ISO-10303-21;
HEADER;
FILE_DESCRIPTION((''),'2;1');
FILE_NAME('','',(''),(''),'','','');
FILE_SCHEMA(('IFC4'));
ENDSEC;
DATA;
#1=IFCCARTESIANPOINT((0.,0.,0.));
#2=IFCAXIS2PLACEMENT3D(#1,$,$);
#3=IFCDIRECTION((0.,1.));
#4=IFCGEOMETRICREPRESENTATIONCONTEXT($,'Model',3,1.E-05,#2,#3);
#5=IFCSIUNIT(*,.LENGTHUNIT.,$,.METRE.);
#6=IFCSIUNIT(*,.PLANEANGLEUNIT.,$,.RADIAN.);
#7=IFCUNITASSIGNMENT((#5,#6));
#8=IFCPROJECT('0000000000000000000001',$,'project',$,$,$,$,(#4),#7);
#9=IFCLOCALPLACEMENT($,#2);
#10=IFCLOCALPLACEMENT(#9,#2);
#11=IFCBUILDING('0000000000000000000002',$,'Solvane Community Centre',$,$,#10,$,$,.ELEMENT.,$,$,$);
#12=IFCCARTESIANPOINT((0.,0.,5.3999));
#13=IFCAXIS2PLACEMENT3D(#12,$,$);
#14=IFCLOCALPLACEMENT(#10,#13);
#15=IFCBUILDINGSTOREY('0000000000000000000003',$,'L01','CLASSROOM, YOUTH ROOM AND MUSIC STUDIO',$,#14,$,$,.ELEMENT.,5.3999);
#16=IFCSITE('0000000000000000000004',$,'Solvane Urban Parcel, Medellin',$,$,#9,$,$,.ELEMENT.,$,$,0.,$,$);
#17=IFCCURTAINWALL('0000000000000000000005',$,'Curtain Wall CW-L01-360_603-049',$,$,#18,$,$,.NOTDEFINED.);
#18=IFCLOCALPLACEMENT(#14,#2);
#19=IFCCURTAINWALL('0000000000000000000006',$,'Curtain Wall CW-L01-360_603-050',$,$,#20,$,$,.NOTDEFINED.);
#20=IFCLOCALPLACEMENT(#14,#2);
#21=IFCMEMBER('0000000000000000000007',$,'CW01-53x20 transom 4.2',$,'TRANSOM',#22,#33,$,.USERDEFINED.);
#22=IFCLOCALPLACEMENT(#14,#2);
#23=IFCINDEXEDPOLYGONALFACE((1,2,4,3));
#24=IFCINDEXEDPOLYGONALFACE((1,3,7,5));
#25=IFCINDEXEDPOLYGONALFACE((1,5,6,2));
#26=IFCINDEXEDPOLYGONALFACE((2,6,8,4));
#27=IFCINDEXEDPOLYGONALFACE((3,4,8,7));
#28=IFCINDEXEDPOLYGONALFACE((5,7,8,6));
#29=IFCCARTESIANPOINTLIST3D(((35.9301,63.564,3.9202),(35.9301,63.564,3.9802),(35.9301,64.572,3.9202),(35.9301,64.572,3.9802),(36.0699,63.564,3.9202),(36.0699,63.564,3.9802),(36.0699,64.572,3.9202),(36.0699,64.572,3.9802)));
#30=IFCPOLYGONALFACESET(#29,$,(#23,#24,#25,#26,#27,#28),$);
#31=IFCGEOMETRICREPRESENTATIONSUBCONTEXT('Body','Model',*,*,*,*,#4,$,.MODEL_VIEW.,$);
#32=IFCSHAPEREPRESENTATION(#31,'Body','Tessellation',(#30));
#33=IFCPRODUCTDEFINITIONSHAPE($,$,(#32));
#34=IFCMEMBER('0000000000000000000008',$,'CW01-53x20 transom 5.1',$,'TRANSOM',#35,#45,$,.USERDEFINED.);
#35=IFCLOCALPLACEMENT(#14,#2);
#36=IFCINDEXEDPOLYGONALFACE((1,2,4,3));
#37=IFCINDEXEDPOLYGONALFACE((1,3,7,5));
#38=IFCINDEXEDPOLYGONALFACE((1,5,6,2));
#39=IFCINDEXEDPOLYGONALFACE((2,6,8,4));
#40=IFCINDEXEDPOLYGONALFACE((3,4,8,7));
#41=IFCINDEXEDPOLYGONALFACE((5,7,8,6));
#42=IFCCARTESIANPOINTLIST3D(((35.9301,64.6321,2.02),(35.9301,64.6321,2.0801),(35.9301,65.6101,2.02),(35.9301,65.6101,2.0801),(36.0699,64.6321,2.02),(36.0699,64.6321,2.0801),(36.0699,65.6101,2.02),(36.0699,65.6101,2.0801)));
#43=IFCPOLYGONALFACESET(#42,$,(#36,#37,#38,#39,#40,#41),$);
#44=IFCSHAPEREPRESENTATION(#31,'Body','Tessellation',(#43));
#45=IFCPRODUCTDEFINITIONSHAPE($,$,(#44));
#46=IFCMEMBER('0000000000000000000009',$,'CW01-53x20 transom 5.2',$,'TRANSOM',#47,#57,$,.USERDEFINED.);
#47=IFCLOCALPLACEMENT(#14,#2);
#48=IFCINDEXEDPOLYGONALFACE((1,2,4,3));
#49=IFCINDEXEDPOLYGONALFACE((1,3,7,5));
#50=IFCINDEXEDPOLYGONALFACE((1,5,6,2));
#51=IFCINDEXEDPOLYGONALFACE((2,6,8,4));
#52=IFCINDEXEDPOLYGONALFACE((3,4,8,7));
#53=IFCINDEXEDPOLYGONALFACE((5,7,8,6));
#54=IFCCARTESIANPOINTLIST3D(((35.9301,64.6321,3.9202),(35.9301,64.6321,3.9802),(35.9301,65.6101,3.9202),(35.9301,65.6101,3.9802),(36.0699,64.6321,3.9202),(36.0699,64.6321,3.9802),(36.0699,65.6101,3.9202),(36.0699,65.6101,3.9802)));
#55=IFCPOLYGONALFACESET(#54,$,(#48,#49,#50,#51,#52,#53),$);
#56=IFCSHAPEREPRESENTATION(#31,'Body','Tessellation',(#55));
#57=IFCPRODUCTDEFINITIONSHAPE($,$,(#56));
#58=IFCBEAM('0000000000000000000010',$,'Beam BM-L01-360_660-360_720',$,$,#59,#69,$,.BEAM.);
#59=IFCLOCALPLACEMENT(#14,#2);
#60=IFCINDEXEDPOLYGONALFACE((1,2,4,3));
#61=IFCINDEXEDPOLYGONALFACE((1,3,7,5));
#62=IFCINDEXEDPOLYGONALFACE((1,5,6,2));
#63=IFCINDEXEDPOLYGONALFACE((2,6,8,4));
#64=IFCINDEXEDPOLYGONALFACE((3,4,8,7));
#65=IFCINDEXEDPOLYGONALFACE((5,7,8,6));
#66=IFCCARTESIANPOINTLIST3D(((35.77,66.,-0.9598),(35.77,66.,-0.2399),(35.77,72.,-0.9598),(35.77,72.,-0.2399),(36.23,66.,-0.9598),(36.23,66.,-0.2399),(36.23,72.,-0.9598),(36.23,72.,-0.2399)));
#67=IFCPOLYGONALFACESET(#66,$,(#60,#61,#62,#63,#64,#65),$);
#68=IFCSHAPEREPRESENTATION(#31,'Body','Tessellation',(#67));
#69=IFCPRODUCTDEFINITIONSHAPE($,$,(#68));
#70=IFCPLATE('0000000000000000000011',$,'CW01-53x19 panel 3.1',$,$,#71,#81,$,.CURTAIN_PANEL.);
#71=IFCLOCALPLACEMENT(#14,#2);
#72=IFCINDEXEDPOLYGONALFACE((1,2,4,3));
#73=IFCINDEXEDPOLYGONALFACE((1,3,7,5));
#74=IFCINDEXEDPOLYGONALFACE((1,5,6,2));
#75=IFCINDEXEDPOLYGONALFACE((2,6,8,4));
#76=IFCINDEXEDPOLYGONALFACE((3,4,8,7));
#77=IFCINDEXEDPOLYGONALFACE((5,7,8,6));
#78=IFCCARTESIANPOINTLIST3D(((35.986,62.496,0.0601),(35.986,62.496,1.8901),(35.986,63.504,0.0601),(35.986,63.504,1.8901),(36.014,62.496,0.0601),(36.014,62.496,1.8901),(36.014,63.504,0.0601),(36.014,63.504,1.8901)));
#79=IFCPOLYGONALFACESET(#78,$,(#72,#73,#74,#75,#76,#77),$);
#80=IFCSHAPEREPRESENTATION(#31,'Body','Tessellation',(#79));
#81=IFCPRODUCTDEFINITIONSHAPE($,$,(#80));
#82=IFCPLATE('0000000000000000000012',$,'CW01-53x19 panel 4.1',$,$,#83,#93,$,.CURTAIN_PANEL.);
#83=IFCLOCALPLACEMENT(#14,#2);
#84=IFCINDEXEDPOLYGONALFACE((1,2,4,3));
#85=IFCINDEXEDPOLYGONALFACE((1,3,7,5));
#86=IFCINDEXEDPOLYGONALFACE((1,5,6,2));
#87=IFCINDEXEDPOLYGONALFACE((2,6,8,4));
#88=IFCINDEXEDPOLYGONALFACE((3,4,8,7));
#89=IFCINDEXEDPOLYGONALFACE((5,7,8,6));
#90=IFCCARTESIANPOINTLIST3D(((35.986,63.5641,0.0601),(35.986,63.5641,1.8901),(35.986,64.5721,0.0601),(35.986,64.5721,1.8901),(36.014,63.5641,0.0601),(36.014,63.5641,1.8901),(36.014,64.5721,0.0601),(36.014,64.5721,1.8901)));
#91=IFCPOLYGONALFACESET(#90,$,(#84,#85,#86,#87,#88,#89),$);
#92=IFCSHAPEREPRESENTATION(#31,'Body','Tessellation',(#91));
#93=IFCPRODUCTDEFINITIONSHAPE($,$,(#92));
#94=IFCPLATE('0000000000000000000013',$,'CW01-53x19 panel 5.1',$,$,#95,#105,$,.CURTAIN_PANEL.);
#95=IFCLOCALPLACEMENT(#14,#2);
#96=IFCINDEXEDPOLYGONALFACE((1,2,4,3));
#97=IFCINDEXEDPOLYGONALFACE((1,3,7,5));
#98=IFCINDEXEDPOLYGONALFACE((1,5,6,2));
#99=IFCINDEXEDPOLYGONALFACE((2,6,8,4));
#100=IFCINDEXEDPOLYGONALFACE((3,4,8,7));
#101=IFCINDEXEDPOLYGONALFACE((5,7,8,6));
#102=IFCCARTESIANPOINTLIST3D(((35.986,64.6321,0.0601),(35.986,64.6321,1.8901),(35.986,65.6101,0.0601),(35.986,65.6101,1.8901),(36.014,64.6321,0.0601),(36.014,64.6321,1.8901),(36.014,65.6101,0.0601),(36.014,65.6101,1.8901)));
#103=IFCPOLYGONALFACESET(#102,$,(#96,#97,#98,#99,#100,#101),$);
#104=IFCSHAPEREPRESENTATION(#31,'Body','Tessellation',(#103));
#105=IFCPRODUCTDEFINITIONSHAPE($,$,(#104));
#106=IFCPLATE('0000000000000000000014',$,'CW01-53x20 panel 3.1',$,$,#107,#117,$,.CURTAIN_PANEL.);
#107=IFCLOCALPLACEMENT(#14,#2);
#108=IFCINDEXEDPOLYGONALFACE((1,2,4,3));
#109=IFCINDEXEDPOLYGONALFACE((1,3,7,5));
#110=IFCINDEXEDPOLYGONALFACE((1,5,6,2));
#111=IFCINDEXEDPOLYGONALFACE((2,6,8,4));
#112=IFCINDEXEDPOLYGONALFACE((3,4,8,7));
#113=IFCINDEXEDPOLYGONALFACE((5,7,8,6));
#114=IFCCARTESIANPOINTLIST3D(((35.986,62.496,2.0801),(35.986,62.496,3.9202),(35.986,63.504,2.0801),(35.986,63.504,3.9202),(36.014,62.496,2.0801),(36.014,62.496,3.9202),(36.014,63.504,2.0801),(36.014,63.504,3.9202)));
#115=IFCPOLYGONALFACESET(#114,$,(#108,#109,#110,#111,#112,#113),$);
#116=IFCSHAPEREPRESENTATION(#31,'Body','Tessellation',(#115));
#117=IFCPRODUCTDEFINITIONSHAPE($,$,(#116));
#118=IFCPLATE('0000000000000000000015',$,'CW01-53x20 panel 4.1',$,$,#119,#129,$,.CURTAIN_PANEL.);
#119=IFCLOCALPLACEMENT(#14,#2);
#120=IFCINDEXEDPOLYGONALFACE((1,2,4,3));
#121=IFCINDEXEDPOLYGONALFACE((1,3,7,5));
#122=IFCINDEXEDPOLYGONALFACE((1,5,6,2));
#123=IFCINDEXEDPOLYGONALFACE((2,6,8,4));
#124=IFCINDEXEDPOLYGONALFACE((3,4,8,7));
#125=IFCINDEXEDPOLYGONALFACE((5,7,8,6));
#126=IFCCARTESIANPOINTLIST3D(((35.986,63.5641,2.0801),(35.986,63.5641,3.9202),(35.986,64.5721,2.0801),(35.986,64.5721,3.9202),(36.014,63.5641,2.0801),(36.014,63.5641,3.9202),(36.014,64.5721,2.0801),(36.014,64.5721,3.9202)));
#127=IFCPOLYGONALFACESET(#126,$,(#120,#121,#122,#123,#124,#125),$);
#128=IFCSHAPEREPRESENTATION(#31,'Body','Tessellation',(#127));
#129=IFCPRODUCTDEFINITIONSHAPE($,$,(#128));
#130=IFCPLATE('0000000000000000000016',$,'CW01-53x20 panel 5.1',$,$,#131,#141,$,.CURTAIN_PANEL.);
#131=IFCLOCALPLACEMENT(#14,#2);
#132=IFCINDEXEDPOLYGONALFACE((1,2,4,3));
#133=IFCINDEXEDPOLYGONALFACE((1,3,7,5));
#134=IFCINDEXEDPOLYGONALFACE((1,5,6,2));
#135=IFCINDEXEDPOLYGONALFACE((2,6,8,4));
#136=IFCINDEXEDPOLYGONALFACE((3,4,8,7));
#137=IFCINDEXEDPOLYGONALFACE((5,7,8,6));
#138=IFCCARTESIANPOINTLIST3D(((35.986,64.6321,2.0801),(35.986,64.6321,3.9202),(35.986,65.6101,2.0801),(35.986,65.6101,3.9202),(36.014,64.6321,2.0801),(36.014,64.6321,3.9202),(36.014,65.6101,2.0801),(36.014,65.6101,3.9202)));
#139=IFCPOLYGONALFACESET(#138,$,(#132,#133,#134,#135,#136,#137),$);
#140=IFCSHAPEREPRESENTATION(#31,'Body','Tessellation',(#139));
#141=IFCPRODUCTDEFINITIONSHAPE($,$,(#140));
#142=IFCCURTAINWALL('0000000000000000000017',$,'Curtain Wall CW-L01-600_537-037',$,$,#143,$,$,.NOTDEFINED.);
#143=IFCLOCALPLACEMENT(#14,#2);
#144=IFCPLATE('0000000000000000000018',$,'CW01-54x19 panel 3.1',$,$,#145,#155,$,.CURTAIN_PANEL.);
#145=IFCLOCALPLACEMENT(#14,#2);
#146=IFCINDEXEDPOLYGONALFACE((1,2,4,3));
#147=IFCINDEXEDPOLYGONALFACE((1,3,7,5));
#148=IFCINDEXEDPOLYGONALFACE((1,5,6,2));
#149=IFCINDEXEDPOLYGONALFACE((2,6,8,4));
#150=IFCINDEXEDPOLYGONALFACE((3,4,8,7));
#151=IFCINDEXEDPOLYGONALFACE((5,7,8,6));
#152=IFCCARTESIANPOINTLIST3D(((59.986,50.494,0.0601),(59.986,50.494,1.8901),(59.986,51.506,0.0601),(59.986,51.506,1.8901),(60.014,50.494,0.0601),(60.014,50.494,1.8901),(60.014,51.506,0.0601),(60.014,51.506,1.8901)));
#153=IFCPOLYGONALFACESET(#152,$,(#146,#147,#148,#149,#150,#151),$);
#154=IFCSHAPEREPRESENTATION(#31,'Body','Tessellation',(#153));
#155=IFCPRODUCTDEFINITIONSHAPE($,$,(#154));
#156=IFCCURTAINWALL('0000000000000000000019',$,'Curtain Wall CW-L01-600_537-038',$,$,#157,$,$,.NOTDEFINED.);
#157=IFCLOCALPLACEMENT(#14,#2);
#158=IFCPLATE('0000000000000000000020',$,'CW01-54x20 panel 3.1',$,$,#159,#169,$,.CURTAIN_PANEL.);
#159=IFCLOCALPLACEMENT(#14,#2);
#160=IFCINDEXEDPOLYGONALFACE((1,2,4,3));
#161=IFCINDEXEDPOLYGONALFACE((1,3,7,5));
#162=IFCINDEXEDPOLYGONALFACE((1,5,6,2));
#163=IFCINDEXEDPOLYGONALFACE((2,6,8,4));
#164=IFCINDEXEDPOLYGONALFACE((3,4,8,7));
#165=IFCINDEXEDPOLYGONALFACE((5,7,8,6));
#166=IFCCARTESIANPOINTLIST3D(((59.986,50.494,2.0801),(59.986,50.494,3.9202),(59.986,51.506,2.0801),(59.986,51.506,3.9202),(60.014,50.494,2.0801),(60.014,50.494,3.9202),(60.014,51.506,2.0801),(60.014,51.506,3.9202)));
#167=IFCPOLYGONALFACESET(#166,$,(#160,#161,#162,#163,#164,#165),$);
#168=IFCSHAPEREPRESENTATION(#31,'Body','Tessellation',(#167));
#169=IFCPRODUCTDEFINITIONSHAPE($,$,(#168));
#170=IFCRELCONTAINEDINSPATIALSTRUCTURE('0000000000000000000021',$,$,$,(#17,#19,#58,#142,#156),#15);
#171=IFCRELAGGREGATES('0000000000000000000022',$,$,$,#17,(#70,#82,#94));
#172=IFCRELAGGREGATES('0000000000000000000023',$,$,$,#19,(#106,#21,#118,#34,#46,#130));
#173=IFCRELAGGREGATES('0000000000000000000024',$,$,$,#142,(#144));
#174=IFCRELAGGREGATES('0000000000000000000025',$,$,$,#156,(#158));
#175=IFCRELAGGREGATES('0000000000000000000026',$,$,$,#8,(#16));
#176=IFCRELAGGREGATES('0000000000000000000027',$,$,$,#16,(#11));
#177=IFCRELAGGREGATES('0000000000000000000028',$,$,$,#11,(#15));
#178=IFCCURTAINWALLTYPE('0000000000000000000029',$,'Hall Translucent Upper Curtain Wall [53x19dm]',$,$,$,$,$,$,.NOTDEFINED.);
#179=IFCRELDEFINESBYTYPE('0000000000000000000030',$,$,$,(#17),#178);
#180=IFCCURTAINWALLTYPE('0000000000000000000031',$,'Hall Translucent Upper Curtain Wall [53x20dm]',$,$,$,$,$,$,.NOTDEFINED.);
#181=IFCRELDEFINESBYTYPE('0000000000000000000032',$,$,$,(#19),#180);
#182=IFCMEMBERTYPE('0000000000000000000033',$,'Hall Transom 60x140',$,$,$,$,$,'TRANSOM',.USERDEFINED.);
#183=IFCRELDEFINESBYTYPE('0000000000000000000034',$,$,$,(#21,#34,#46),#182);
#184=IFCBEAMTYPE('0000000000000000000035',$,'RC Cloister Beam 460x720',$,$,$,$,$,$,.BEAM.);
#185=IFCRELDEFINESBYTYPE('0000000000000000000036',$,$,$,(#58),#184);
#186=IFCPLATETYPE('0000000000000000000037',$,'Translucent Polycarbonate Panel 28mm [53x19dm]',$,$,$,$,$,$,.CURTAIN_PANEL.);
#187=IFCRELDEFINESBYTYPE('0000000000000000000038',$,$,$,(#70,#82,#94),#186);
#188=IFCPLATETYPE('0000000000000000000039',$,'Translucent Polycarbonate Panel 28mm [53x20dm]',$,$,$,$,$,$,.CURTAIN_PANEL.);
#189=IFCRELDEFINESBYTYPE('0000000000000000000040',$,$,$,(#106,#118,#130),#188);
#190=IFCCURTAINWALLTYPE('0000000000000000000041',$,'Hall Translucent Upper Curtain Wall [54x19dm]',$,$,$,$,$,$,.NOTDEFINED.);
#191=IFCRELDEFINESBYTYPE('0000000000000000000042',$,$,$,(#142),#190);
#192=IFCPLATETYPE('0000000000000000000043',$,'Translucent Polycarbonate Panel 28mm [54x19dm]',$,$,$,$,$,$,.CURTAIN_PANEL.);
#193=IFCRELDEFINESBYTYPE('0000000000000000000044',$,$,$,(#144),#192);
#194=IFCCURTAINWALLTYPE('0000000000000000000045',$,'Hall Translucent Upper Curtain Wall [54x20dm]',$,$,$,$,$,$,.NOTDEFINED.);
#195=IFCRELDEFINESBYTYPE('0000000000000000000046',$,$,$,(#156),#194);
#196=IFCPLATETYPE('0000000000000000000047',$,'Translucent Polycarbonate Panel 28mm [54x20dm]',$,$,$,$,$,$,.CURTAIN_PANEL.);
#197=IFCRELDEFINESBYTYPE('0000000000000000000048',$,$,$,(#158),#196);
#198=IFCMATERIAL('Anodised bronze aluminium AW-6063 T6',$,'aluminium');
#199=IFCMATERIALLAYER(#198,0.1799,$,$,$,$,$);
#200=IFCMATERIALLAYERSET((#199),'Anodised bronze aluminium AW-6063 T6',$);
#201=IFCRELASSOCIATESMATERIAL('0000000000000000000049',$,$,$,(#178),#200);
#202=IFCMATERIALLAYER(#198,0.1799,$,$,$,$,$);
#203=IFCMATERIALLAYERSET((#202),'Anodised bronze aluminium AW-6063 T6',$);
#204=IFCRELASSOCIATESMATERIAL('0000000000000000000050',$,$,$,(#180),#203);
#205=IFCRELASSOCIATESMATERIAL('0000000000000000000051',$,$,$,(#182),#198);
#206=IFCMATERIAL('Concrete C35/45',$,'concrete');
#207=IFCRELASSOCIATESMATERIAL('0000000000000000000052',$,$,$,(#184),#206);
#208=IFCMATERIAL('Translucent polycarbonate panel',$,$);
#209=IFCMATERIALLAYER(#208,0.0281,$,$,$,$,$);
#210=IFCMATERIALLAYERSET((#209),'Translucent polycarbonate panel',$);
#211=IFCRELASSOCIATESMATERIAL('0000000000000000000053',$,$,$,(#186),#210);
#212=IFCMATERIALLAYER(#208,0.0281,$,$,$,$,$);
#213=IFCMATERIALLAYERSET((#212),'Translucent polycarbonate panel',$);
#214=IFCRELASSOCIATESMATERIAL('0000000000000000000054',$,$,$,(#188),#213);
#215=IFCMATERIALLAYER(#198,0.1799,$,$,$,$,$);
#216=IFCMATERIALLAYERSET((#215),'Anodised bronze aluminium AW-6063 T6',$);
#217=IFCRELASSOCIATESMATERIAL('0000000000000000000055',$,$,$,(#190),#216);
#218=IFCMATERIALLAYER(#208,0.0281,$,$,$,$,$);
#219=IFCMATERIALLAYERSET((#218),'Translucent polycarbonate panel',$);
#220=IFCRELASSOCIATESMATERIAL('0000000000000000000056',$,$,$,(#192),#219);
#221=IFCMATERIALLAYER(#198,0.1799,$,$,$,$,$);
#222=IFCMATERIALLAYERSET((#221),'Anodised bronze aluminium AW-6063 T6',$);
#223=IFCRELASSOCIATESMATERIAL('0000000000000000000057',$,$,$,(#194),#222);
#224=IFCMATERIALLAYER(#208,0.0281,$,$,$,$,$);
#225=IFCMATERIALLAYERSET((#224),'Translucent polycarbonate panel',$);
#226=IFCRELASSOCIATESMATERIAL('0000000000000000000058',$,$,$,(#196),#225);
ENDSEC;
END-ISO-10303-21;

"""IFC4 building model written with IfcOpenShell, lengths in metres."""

from ifc_helpers import new_model, si_unit, direction, frame, origin, origin_2d, place, context, subcontext, project, spatial, rectangle, extrude, material, layer, layer_set, material_profile, profile_set, type_object, element, aggregate, save


model = new_model("IFC4")

# Units and contexts
model_context = context("Model", 3, precision=1e-05, world=origin(), true_north=direction((0.0, 1.0)))
body_context = subcontext(model_context, "Body", "Model", "MODEL_VIEW")
ifc_project = project(units=[si_unit("LENGTHUNIT", "METRE"), si_unit("PLANEANGLEUNIT", "RADIAN")], contexts=[model_context])

# Site, building, storey
site_placement = place(None, origin())
site = spatial("IfcSite", under=ifc_project, at=site_placement, Name="Solvane Urban Parcel, Medellin", CompositionType="ELEMENT", RefElevation=0.0)
building_placement = place(site_placement, origin())
building = spatial("IfcBuilding", under=site, at=building_placement, Name="Solvane Community Centre", CompositionType="ELEMENT")
storey_placement = place(building_placement, frame((0.0, 0.0, 5.3999)))
storey = spatial("IfcBuildingStorey", under=building, at=storey_placement, Name="L01", Description="CLASSROOM, YOUTH ROOM AND MUSIC STUDIO", CompositionType="ELEMENT", Elevation=5.3999)

# Shared definitions
ifc_material_1 = material(Name="Concrete C35/45", Category="concrete")

# Curtain walls
ifc_material_2 = material(Name="Anodised bronze aluminium AW-6063 T6", Category="aluminium")
ifc_layer_1 = layer(ifc_material_2, 0.1799)
ifc_layer_set_1 = layer_set([ifc_layer_1], Name="Anodised bronze aluminium AW-6063 T6")
curtain_wall_type_1 = type_object("IfcCurtainWallType", Name="Hall Translucent Upper Curtain Wall [53x19dm]", PredefinedType="NOTDEFINED", material=ifc_layer_set_1)
curtain_wall_1_placement = place(storey_placement, origin())
curtain_wall_1 = element("IfcCurtainWall", 1, at=curtain_wall_1_placement, inside=storey, type_object=curtain_wall_type_1, Name="Curtain Wall CW-L01-360_603-049", PredefinedType="NOTDEFINED")
ifc_layer_2 = layer(ifc_material_2, 0.1799)
ifc_layer_set_2 = layer_set([ifc_layer_2], Name="Anodised bronze aluminium AW-6063 T6")
curtain_wall_type_2 = type_object("IfcCurtainWallType", Name="Hall Translucent Upper Curtain Wall [53x20dm]", PredefinedType="NOTDEFINED", material=ifc_layer_set_2)
curtain_wall_2_placement = place(storey_placement, origin())
curtain_wall_2 = element("IfcCurtainWall", 2, at=curtain_wall_2_placement, inside=storey, type_object=curtain_wall_type_2, Name="Curtain Wall CW-L01-360_603-050", PredefinedType="NOTDEFINED")

# Members
ifc_material_profile_1 = material_profile(ifc_material_2, rectangle(XDim=0.1399, YDim=0.0601, at=origin_2d()), Name="CW-T 60x140")
ifc_profile_set_1 = profile_set([ifc_material_profile_1], Name="Anodised bronze aluminium AW-6063 T6")
member_type_1 = type_object("IfcMemberType", Name="Hall Transom 60x140", ElementType="TRANSOM", PredefinedType="USERDEFINED", material=ifc_profile_set_1)
member_1_placement = place(storey_placement, frame((36.0, 63.564, 3.9502), z_axis=(0.0, 1.0, 0.0), x_axis=(-1.0, 0.0, 0.0)))
member_1 = element("IfcMember", 3, at=member_1_placement, type_object=member_type_1, Name="CW01-53x20 transom 4.2", ObjectType="TRANSOM", PredefinedType="USERDEFINED", context=body_context, shape_type="SweptSolid", body=[
    extrude(rectangle(XDim=0.1399, YDim=0.0601, at=origin_2d()), origin(), (0.0, 0.0, 1.0), 1.0081),
])
member_2_placement = place(storey_placement, frame((36.0, 64.6321, 2.05), z_axis=(0.0, 1.0, 0.0), x_axis=(-1.0, 0.0, 0.0)))
member_2 = element("IfcMember", 4, at=member_2_placement, type_object=member_type_1, Name="CW01-53x20 transom 5.1", ObjectType="TRANSOM", PredefinedType="USERDEFINED", context=body_context, shape_type="SweptSolid", body=[
    extrude(rectangle(XDim=0.1399, YDim=0.0601, at=origin_2d()), origin(), (0.0, 0.0, 1.0), 0.978),
])
member_3_placement = place(storey_placement, frame((36.0, 64.6321, 3.9502), z_axis=(0.0, 1.0, 0.0), x_axis=(-1.0, 0.0, 0.0)))
member_3 = element("IfcMember", 5, at=member_3_placement, type_object=member_type_1, Name="CW01-53x20 transom 5.2", ObjectType="TRANSOM", PredefinedType="USERDEFINED", context=body_context, shape_type="SweptSolid", body=[
    extrude(rectangle(XDim=0.1399, YDim=0.0601, at=origin_2d()), origin(), (0.0, 0.0, 1.0), 0.978),
])

# Beam
ifc_material_profile_2 = material_profile(ifc_material_1, rectangle(XDim=0.46, YDim=0.72, at=origin_2d()), Name="RC 460x720")
ifc_profile_set_2 = profile_set([ifc_material_profile_2], Name="Concrete C35/45")
beam_type = type_object("IfcBeamType", Name="RC Cloister Beam 460x720", PredefinedType="BEAM", material=ifc_profile_set_2)
beam_placement = place(storey_placement, frame((36.0, 66.0, -0.5999), z_axis=(0.0, 1.0, 0.0), x_axis=(-1.0, 0.0, 0.0)))
element("IfcBeam", 6, at=beam_placement, inside=storey, type_object=beam_type, Name="Beam BM-L01-360_660-360_720", PredefinedType="BEAM", context=body_context, shape_type="SweptSolid", body=[
    extrude(rectangle(XDim=0.46, YDim=0.72, at=origin_2d()), origin(), (0.0, 0.0, 1.0), 6.0),
])

# Plates
ifc_material_3 = material(Name="Translucent polycarbonate panel")
ifc_layer_3 = layer(ifc_material_3, 0.0281)
ifc_layer_set_3 = layer_set([ifc_layer_3], Name="Translucent polycarbonate panel")
plate_type_1 = type_object("IfcPlateType", Name="Translucent Polycarbonate Panel 28mm [53x19dm]", PredefinedType="CURTAIN_PANEL", material=ifc_layer_set_3)
plate_1_placement = place(storey_placement, frame((36.0, 63.0, 0.0601), z_axis=(0.0, 0.0, 1.0), x_axis=(0.0, 1.0, 0.0)))
plate_1 = element("IfcPlate", 7, at=plate_1_placement, type_object=plate_type_1, Name="CW01-53x19 panel 3.1", PredefinedType="CURTAIN_PANEL", context=body_context, shape_type="SweptSolid", body=[
    extrude(rectangle(XDim=1.0081, YDim=0.0281, at=origin_2d()), origin(), (0.0, 0.0, 1.0), 1.8301),
])
plate_2_placement = place(storey_placement, frame((36.0, 64.0681, 0.0601), z_axis=(0.0, 0.0, 1.0), x_axis=(0.0, 1.0, 0.0)))
plate_2 = element("IfcPlate", 8, at=plate_2_placement, type_object=plate_type_1, Name="CW01-53x19 panel 4.1", PredefinedType="CURTAIN_PANEL", context=body_context, shape_type="SweptSolid", body=[
    extrude(rectangle(XDim=1.0081, YDim=0.0281, at=origin_2d()), origin(), (0.0, 0.0, 1.0), 1.8301),
])
plate_3_placement = place(storey_placement, frame((36.0, 65.1211, 0.0601), z_axis=(0.0, 0.0, 1.0), x_axis=(0.0, 1.0, 0.0)))
plate_3 = element("IfcPlate", 9, at=plate_3_placement, type_object=plate_type_1, Name="CW01-53x19 panel 5.1", PredefinedType="CURTAIN_PANEL", context=body_context, shape_type="SweptSolid", body=[
    extrude(rectangle(XDim=0.978, YDim=0.0281, at=origin_2d()), origin(), (0.0, 0.0, 1.0), 1.8301),
])
aggregate(curtain_wall_1, [plate_1, plate_2, plate_3])
ifc_layer_4 = layer(ifc_material_3, 0.0281)
ifc_layer_set_4 = layer_set([ifc_layer_4], Name="Translucent polycarbonate panel")
plate_type_2 = type_object("IfcPlateType", Name="Translucent Polycarbonate Panel 28mm [53x20dm]", PredefinedType="CURTAIN_PANEL", material=ifc_layer_set_4)
plate_4_placement = place(storey_placement, frame((36.0, 63.0, 2.0801), z_axis=(0.0, 0.0, 1.0), x_axis=(0.0, 1.0, 0.0)))
plate_4 = element("IfcPlate", 10, at=plate_4_placement, type_object=plate_type_2, Name="CW01-53x20 panel 3.1", PredefinedType="CURTAIN_PANEL", context=body_context, shape_type="SweptSolid", body=[
    extrude(rectangle(XDim=1.0081, YDim=0.0281, at=origin_2d()), origin(), (0.0, 0.0, 1.0), 1.8401),
])
plate_5_placement = place(storey_placement, frame((36.0, 64.0681, 2.0801), z_axis=(0.0, 0.0, 1.0), x_axis=(0.0, 1.0, 0.0)))
plate_5 = element("IfcPlate", 11, at=plate_5_placement, type_object=plate_type_2, Name="CW01-53x20 panel 4.1", PredefinedType="CURTAIN_PANEL", context=body_context, shape_type="SweptSolid", body=[
    extrude(rectangle(XDim=1.0081, YDim=0.0281, at=origin_2d()), origin(), (0.0, 0.0, 1.0), 1.8401),
])
plate_6_placement = place(storey_placement, frame((36.0, 65.1211, 2.0801), z_axis=(0.0, 0.0, 1.0), x_axis=(0.0, 1.0, 0.0)))
plate_6 = element("IfcPlate", 12, at=plate_6_placement, type_object=plate_type_2, Name="CW01-53x20 panel 5.1", PredefinedType="CURTAIN_PANEL", context=body_context, shape_type="SweptSolid", body=[
    extrude(rectangle(XDim=0.978, YDim=0.0281, at=origin_2d()), origin(), (0.0, 0.0, 1.0), 1.8401),
])
aggregate(curtain_wall_2, [plate_4, member_1, plate_5, member_2, member_3, plate_6])

# Curtain walls, plates
ifc_layer_5 = layer(ifc_material_2, 0.1799)
ifc_layer_set_5 = layer_set([ifc_layer_5], Name="Anodised bronze aluminium AW-6063 T6")
curtain_wall_type_3 = type_object("IfcCurtainWallType", Name="Hall Translucent Upper Curtain Wall [54x19dm]", PredefinedType="NOTDEFINED", material=ifc_layer_set_5)
curtain_wall_3_placement = place(storey_placement, origin())
curtain_wall_3 = element("IfcCurtainWall", 13, at=curtain_wall_3_placement, inside=storey, type_object=curtain_wall_type_3, Name="Curtain Wall CW-L01-600_537-037", PredefinedType="NOTDEFINED")
ifc_layer_6 = layer(ifc_material_3, 0.0281)
ifc_layer_set_6 = layer_set([ifc_layer_6], Name="Translucent polycarbonate panel")
plate_type_3 = type_object("IfcPlateType", Name="Translucent Polycarbonate Panel 28mm [54x19dm]", PredefinedType="CURTAIN_PANEL", material=ifc_layer_set_6)
plate_7_placement = place(storey_placement, frame((60.0, 51.0, 0.0601), z_axis=(0.0, 0.0, 1.0), x_axis=(0.0, -1.0, 0.0)))
plate_7 = element("IfcPlate", 14, at=plate_7_placement, type_object=plate_type_3, Name="CW01-54x19 panel 3.1", PredefinedType="CURTAIN_PANEL", context=body_context, shape_type="SweptSolid", body=[
    extrude(rectangle(XDim=1.012, YDim=0.0281, at=origin_2d()), origin(), (0.0, 0.0, 1.0), 1.8301),
])
aggregate(curtain_wall_3, [plate_7])
ifc_layer_7 = layer(ifc_material_2, 0.1799)
ifc_layer_set_7 = layer_set([ifc_layer_7], Name="Anodised bronze aluminium AW-6063 T6")
curtain_wall_type_4 = type_object("IfcCurtainWallType", Name="Hall Translucent Upper Curtain Wall [54x20dm]", PredefinedType="NOTDEFINED", material=ifc_layer_set_7)
curtain_wall_4_placement = place(storey_placement, origin())
curtain_wall_4 = element("IfcCurtainWall", 15, at=curtain_wall_4_placement, inside=storey, type_object=curtain_wall_type_4, Name="Curtain Wall CW-L01-600_537-038", PredefinedType="NOTDEFINED")
ifc_layer_8 = layer(ifc_material_3, 0.0281)
ifc_layer_set_8 = layer_set([ifc_layer_8], Name="Translucent polycarbonate panel")
plate_type_4 = type_object("IfcPlateType", Name="Translucent Polycarbonate Panel 28mm [54x20dm]", PredefinedType="CURTAIN_PANEL", material=ifc_layer_set_8)
plate_8_placement = place(storey_placement, frame((60.0, 51.0, 2.0801), z_axis=(0.0, 0.0, 1.0), x_axis=(0.0, -1.0, 0.0)))
plate_8 = element("IfcPlate", 16, at=plate_8_placement, type_object=plate_type_4, Name="CW01-54x20 panel 3.1", PredefinedType="CURTAIN_PANEL", context=body_context, shape_type="SweptSolid", body=[
    extrude(rectangle(XDim=1.012, YDim=0.0281, at=origin_2d()), origin(), (0.0, 0.0, 1.0), 1.8401),
])
aggregate(curtain_wall_4, [plate_8])

save(model, "model.ifc")
